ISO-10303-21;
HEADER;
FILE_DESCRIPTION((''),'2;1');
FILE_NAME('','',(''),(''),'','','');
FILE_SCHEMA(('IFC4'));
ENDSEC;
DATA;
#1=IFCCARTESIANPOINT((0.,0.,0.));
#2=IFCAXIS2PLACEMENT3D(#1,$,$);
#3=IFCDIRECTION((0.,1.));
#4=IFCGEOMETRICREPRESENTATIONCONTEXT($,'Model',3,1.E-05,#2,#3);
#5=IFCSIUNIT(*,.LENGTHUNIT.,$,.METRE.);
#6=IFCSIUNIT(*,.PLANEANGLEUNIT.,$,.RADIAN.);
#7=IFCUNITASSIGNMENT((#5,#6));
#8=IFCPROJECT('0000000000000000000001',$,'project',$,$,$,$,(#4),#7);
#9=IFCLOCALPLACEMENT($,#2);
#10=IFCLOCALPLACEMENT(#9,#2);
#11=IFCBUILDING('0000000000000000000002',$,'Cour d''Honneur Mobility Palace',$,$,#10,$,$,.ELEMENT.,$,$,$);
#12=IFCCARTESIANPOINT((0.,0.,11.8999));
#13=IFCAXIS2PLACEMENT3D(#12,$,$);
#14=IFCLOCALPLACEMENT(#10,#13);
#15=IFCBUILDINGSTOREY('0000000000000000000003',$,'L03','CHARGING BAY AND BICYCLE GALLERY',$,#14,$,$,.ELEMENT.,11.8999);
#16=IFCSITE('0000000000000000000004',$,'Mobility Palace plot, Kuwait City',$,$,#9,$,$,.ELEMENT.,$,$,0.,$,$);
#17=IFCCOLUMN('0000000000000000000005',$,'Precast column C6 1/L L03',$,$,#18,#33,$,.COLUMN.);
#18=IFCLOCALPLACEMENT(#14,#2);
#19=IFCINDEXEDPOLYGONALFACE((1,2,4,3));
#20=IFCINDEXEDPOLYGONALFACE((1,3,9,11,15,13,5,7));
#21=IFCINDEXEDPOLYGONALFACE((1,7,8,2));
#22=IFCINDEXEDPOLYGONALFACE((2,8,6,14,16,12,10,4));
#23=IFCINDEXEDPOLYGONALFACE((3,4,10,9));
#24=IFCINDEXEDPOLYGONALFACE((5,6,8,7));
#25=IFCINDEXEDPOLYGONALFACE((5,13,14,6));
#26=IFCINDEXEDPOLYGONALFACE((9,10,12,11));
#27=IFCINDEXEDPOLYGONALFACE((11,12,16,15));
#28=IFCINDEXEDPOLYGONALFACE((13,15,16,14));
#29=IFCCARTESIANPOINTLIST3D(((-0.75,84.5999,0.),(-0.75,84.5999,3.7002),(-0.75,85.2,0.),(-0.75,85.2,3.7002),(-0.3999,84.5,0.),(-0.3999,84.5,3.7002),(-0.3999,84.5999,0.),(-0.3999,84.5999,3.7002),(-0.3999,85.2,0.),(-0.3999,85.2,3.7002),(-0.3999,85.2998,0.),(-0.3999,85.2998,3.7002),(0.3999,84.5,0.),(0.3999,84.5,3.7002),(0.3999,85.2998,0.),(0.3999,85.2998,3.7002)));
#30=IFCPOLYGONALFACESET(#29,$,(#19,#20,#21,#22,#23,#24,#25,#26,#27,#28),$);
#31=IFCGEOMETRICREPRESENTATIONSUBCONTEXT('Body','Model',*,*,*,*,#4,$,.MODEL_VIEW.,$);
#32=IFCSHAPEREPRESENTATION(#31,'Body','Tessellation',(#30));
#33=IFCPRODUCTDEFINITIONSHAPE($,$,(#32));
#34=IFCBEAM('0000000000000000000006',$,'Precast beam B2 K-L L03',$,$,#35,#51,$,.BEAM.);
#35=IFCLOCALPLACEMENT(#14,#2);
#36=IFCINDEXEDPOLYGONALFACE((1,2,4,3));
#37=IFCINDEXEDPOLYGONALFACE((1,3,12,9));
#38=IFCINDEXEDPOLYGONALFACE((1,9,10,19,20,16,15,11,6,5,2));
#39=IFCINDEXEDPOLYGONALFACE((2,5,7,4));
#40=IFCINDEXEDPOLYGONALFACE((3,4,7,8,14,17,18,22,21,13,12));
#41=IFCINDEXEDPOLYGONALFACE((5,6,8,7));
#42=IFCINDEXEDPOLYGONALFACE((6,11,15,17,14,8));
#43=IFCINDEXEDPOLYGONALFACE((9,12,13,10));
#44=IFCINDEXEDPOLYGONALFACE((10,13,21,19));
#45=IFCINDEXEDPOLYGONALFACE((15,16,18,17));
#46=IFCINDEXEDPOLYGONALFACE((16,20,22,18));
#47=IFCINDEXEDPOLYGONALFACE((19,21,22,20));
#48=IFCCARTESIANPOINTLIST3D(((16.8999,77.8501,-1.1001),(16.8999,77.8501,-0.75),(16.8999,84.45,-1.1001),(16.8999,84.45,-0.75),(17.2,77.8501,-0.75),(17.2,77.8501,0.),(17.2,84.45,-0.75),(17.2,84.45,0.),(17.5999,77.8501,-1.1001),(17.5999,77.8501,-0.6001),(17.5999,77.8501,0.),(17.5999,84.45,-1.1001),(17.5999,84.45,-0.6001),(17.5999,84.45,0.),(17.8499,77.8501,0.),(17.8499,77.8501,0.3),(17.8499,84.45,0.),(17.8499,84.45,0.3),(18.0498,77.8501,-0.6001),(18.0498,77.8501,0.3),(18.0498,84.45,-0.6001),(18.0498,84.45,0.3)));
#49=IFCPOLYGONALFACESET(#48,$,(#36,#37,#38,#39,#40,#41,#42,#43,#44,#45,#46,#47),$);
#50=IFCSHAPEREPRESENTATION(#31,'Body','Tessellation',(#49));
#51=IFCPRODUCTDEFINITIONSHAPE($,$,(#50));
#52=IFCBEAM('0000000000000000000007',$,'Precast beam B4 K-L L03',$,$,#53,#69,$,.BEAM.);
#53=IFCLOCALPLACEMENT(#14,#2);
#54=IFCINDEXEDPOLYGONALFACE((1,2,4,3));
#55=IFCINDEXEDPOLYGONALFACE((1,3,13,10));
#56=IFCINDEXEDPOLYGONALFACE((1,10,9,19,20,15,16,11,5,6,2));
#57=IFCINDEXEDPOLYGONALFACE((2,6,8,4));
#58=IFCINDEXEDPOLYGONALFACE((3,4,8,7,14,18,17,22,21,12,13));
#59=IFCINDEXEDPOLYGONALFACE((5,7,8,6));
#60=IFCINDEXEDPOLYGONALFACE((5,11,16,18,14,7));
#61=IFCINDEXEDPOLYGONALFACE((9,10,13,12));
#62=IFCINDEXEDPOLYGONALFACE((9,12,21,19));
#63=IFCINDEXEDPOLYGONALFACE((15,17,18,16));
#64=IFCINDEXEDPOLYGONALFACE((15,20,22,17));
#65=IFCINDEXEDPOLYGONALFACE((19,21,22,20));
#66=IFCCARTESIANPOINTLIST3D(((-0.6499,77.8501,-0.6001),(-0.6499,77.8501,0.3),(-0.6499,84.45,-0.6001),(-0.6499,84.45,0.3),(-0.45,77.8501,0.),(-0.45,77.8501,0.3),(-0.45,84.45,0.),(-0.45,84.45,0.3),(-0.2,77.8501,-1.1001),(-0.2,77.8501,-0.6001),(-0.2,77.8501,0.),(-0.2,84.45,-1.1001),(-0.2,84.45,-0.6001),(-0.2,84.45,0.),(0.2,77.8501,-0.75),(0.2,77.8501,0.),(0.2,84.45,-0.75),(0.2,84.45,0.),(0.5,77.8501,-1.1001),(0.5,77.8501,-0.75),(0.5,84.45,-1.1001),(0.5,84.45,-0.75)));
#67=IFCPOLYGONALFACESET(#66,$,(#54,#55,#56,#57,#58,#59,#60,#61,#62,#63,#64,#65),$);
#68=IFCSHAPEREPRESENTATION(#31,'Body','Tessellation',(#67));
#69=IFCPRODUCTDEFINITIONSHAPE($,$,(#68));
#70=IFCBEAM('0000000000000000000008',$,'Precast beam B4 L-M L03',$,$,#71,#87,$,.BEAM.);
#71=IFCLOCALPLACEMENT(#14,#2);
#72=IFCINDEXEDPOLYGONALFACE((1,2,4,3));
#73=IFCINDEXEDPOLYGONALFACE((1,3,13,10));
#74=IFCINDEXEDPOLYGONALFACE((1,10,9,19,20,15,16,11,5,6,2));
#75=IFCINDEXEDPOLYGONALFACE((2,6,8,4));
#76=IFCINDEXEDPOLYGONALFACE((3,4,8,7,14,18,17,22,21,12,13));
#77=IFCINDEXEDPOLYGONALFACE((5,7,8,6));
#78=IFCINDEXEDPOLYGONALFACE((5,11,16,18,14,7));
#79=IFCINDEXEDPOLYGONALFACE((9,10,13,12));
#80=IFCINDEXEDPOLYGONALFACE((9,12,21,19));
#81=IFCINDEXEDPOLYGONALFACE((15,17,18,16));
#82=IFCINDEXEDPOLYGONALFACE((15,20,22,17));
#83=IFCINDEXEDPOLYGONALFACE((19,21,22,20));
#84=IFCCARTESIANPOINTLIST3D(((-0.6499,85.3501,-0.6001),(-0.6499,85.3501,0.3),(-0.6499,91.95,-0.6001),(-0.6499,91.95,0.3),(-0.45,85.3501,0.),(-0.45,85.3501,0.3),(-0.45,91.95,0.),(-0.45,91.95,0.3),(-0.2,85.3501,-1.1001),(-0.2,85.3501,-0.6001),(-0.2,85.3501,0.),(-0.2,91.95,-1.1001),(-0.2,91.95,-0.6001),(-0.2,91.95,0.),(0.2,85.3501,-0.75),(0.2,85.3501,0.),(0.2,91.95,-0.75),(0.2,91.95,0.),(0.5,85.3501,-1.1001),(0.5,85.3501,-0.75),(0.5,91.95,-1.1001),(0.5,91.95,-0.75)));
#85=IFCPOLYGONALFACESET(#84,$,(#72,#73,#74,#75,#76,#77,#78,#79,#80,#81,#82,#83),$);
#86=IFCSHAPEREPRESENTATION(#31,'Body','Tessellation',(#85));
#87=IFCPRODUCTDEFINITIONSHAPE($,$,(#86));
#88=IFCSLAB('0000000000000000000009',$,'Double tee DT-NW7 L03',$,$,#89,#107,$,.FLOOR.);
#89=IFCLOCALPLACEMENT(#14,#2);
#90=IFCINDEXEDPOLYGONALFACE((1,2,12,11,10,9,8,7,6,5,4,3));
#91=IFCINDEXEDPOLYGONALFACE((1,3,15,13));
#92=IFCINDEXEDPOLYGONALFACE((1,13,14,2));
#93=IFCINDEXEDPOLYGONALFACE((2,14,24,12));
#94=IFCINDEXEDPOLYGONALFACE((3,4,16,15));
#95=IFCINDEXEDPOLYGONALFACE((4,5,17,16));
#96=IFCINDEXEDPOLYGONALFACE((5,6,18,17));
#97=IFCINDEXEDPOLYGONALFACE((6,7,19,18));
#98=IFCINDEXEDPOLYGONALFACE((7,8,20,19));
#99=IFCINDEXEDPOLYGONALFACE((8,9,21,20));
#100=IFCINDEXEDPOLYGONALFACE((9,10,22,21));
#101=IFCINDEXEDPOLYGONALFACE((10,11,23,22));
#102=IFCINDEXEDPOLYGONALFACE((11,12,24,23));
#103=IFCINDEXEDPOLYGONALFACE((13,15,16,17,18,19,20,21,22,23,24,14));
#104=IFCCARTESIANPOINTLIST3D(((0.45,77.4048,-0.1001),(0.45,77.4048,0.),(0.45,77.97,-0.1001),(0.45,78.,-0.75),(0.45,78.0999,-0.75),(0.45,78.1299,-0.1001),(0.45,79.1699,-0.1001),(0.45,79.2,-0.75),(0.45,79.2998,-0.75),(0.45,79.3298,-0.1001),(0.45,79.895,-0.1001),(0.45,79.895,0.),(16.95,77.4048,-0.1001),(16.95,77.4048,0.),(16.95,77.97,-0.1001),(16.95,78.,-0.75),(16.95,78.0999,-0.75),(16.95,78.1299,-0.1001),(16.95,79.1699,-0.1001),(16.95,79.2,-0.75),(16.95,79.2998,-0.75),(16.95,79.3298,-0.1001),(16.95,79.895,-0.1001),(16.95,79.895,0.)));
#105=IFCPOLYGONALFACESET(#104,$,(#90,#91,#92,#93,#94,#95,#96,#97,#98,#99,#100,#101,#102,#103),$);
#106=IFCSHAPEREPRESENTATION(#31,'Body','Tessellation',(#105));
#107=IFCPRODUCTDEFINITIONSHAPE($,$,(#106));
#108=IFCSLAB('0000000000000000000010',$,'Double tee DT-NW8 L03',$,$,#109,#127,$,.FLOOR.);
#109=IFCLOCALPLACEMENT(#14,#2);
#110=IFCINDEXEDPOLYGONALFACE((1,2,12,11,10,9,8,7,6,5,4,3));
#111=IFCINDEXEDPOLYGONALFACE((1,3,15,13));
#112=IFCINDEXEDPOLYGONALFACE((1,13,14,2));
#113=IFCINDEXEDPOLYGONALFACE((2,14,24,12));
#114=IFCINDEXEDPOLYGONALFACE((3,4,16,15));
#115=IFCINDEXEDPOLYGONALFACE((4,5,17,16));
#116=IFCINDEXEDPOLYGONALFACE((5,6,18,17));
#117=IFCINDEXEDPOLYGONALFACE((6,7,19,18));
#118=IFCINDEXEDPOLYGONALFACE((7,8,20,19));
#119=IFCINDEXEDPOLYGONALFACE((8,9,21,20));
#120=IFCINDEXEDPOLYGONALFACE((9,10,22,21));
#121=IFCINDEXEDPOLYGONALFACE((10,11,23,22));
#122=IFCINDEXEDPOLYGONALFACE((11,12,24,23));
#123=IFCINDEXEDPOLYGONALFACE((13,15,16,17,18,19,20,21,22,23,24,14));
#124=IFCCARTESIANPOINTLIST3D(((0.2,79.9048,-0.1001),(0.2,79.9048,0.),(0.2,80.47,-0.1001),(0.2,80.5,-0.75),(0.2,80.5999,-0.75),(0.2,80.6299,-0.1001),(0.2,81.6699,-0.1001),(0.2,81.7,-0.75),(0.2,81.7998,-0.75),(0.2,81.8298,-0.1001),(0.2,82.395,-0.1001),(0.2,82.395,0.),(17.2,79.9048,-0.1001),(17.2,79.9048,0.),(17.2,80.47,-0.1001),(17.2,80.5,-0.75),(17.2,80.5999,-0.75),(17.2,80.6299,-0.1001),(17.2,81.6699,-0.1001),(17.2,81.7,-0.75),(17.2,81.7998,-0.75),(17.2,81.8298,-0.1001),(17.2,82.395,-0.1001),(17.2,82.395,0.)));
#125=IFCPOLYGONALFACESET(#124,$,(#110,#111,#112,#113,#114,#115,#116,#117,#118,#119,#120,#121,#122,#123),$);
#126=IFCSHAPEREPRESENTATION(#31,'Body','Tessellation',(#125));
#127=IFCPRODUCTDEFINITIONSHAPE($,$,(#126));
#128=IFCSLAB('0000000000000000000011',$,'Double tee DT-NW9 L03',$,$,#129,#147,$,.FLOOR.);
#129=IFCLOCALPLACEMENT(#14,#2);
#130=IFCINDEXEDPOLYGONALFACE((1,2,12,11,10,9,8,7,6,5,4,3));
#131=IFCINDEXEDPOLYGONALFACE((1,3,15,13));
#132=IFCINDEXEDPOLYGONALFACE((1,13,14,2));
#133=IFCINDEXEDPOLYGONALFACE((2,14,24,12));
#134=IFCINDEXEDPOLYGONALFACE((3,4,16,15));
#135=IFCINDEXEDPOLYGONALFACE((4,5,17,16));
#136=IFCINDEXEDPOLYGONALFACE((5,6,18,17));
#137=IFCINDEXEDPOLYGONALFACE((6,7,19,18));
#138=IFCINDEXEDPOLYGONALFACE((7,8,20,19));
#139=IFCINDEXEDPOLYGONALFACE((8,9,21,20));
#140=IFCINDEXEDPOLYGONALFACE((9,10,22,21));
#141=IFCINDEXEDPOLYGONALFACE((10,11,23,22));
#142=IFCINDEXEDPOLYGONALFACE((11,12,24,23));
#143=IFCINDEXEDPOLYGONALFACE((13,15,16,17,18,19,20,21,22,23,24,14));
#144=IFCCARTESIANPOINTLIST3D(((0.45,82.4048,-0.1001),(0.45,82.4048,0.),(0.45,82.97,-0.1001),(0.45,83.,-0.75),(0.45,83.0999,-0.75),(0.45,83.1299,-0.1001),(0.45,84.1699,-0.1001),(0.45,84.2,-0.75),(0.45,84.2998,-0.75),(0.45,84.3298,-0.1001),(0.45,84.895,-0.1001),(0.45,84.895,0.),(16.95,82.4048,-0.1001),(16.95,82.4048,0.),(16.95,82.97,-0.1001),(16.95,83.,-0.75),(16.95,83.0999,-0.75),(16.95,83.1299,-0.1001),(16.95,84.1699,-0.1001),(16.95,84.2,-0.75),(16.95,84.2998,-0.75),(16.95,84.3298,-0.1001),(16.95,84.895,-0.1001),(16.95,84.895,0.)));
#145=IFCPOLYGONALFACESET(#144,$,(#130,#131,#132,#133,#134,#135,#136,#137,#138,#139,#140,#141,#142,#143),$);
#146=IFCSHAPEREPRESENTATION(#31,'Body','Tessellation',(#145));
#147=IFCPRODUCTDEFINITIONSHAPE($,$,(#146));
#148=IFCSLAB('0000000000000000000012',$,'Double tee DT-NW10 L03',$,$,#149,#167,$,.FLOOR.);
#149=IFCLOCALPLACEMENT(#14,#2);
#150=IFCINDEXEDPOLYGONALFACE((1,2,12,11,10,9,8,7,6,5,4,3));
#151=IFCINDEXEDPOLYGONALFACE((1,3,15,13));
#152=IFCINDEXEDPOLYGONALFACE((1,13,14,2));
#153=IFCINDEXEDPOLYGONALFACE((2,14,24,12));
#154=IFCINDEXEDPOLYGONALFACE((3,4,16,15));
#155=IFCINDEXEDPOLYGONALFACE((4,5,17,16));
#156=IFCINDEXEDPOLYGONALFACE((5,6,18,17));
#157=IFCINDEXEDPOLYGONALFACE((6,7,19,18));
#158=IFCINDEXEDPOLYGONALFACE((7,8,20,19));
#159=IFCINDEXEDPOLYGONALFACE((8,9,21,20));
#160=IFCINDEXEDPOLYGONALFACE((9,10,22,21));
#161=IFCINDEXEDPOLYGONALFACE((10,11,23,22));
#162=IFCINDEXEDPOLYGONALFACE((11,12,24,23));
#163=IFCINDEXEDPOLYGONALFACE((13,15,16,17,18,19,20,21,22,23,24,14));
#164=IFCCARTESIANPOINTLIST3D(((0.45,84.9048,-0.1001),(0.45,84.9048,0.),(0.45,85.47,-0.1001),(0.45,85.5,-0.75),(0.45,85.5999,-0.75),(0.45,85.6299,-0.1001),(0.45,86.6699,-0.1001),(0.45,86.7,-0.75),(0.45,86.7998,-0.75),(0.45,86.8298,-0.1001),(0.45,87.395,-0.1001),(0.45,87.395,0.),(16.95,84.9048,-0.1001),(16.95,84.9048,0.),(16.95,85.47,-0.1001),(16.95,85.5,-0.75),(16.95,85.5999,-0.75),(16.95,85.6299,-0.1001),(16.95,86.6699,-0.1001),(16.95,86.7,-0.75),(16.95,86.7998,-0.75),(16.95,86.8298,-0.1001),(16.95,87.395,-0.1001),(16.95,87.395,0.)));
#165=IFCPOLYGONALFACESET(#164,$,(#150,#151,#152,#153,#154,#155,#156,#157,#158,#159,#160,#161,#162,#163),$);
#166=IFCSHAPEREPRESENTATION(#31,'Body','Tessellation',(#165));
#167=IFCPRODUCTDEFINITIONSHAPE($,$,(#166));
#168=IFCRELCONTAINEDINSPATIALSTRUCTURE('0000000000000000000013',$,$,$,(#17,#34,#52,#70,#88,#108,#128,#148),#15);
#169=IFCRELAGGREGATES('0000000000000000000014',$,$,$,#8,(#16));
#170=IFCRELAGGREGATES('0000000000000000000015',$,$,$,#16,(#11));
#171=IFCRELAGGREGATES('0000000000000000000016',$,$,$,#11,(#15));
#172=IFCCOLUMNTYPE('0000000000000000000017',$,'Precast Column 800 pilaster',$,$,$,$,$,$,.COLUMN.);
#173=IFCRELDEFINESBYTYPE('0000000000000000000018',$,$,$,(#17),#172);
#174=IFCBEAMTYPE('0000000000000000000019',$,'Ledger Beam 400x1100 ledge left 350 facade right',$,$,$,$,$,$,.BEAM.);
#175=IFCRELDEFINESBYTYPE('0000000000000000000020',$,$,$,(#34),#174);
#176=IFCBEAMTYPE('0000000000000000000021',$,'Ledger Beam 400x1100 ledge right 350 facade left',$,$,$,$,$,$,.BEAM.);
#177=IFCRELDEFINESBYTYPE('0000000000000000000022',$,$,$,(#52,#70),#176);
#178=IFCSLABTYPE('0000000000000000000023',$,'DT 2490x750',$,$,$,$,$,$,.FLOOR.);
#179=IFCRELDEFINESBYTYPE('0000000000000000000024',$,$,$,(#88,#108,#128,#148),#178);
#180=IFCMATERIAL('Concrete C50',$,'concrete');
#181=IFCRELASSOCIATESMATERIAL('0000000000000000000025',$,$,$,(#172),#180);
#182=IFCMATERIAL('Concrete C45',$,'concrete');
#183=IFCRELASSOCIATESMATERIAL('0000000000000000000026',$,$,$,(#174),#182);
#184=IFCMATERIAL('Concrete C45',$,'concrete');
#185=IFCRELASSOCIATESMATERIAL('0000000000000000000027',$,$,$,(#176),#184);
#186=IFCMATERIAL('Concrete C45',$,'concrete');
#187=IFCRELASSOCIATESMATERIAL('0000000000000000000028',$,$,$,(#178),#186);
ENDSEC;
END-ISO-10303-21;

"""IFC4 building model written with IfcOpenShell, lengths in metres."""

from ifc_helpers import new_model, si_unit, direction, frame, origin, place, context, subcontext, project, spatial, polyline, outline, extrude, material, material_profile, profile_set, type_object, element, save


model = new_model("IFC4")

# Units and contexts
model_context = context("Model", 3, precision=1e-05, world=origin(), true_north=direction((0.0, 1.0)))
body_context = subcontext(model_context, "Body", "Model", "MODEL_VIEW")
ifc_project = project(units=[si_unit("LENGTHUNIT", "METRE"), si_unit("PLANEANGLEUNIT", "RADIAN")], contexts=[model_context])

# Site, building, storey
site_placement = place(None, origin())
site = spatial("IfcSite", under=ifc_project, at=site_placement, Name="Mobility Palace plot, Kuwait City", CompositionType="ELEMENT", RefElevation=0.0)
building_placement = place(site_placement, origin())
building = spatial("IfcBuilding", under=site, at=building_placement, Name="Cour d'Honneur Mobility Palace", CompositionType="ELEMENT")
storey_placement = place(building_placement, frame((0.0, 0.0, 11.8999)))
storey = spatial("IfcBuildingStorey", under=building, at=storey_placement, Name="L03", Description="CHARGING BAY AND BICYCLE GALLERY", CompositionType="ELEMENT", Elevation=11.8999)

# Column
ifc_material_1 = material(Name="Concrete C50", Category="concrete")
ifc_material_profile_1 = material_profile(ifc_material_1, outline(polyline([(-0.3999, -0.3999), (0.3999, -0.3999), (0.3999, -0.3), (0.75, -0.3), (0.75, 0.3), (0.3999, 0.3), (0.3999, 0.3999), (-0.3999, 0.3999), (-0.3999, -0.3999)])), Name="PC C800 pilaster")
ifc_profile_set_1 = profile_set([ifc_material_profile_1], Name="Concrete C50")
column_type = type_object("IfcColumnType", Name="Precast Column 800 pilaster", PredefinedType="COLUMN", material=ifc_profile_set_1)
column_placement = place(storey_placement, frame((0.0, 84.8999, 0.0), z_axis=(0.0, 0.0, 1.0), x_axis=(-1.0, 0.0, 0.0)))
element("IfcColumn", 1, at=column_placement, inside=storey, type_object=column_type, Name="Precast column C6 1/L L03", PredefinedType="COLUMN", context=body_context, shape_type="SweptSolid", body=[
    extrude(outline(polyline([(-0.3999, -0.3999), (0.3999, -0.3999), (0.3999, -0.3), (0.75, -0.3), (0.75, 0.3), (0.3999, 0.3), (0.3999, 0.3999), (-0.3999, 0.3999), (-0.3999, -0.3999)])), origin(), (0.0, 0.0, 1.0), 3.7002),
])

# Beams
ifc_material_2 = material(Name="Concrete C45", Category="concrete")
ifc_material_profile_2 = material_profile(ifc_material_2, outline(polyline([(0.5, -1.1001), (0.5, -0.75), (0.2, -0.75), (0.2, 0.0), (-0.2, 0.0), (-0.45, 0.0), (-0.45, 0.3), (-0.6499, 0.3), (-0.6499, -0.6001), (-0.2, -0.6001), (-0.2, -1.1001), (0.5, -1.1001)])), Name="Ledger Beam 400x1100 ledge left 350 facade right")
ifc_profile_set_2 = profile_set([ifc_material_profile_2], Name="Concrete C45")
beam_type_1 = type_object("IfcBeamType", Name="Ledger Beam 400x1100 ledge left 350 facade right", PredefinedType="BEAM", material=ifc_profile_set_2)
beam_placement = place(storey_placement, frame((17.3999, 77.8501, 0.0), z_axis=(0.0, 1.0, 0.0), x_axis=(-1.0, 0.0, 0.0)))
element("IfcBeam", 2, at=beam_placement, inside=storey, type_object=beam_type_1, Name="Precast beam B2 K-L L03", PredefinedType="BEAM", context=body_context, shape_type="SweptSolid", body=[
    extrude(outline(polyline([(0.5, -1.1001), (0.5, -0.75), (0.2, -0.75), (0.2, 0.0), (-0.2, 0.0), (-0.45, 0.0), (-0.45, 0.3), (-0.6499, 0.3), (-0.6499, -0.6001), (-0.2, -0.6001), (-0.2, -1.1001), (0.5, -1.1001)])), origin(), (0.0, 0.0, 1.0), 6.5999),
])
ifc_material_3 = material(Name="Concrete C45", Category="concrete")
ifc_material_profile_3 = material_profile(ifc_material_3, outline(polyline([(0.2, -1.1001), (0.2, -0.6001), (0.6499, -0.6001), (0.6499, 0.3), (0.45, 0.3), (0.45, 0.0), (0.2, 0.0), (-0.2, 0.0), (-0.2, -0.75), (-0.5, -0.75), (-0.5, -1.1001), (0.2, -1.1001)])), Name="Ledger Beam 400x1100 ledge right 350 facade left")
ifc_profile_set_3 = profile_set([ifc_material_profile_3], Name="Concrete C45")
beam_type_2 = type_object("IfcBeamType", Name="Ledger Beam 400x1100 ledge right 350 facade left", PredefinedType="BEAM", material=ifc_profile_set_3)
for number, where, z_axis, x_axis, name in (
    (3, (0.0, 77.8501, 0.0), (0.0, 1.0, 0.0), (-1.0, 0.0, 0.0), "Precast beam B4 K-L L03"),
    (4, (0.0, 85.3501, 0.0), (0.0, 1.0, 0.0), (-1.0, 0.0, 0.0), "Precast beam B4 L-M L03"),
):
    element("IfcBeam", number, at=place(storey_placement, frame(where, z_axis=z_axis, x_axis=x_axis)), inside=storey, type_object=beam_type_2, Name=name, PredefinedType="BEAM", context=body_context, shape_type="SweptSolid", body=[
        extrude(outline(polyline([(0.2, -1.1001), (0.2, -0.6001), (0.6499, -0.6001), (0.6499, 0.3), (0.45, 0.3), (0.45, 0.0), (0.2, 0.0), (-0.2, 0.0), (-0.2, -0.75), (-0.5, -0.75), (-0.5, -1.1001), (0.2, -1.1001)])), origin(), (0.0, 0.0, 1.0), 6.5999),
    ])

# Slabs
ifc_material_4 = material(Name="Concrete C45", Category="concrete")
ifc_material_profile_4 = material_profile(ifc_material_4, outline(polyline([(-1.2451, 0.0), (1.2451, 0.0), (1.2451, -0.1001), (0.6799, -0.1001), (0.6499, -0.75), (0.55, -0.75), (0.52, -0.1001), (-0.52, -0.1001), (-0.55, -0.75), (-0.6499, -0.75), (-0.6799, -0.1001), (-1.2451, -0.1001), (-1.2451, 0.0)])), Name="DT 2490x750")
ifc_profile_set_4 = profile_set([ifc_material_profile_4], Name="Concrete C45")
slab_type = type_object("IfcSlabType", Name="DT 2490x750", PredefinedType="FLOOR", material=ifc_profile_set_4)
slab_1_placement = place(storey_placement, frame((0.45, 78.6499, 0.0), z_axis=(1.0, 0.0, 0.0), x_axis=(0.0, 1.0, 0.0)))
element("IfcSlab", 5, at=slab_1_placement, inside=storey, type_object=slab_type, Name="Double tee DT-NW7 L03", PredefinedType="FLOOR", context=body_context, shape_type="SweptSolid", body=[
    extrude(outline(polyline([(-1.2451, 0.0), (1.2451, 0.0), (1.2451, -0.1001), (0.6799, -0.1001), (0.6499, -0.75), (0.55, -0.75), (0.52, -0.1001), (-0.52, -0.1001), (-0.55, -0.75), (-0.6499, -0.75), (-0.6799, -0.1001), (-1.2451, -0.1001), (-1.2451, 0.0)])), origin(), (0.0, 0.0, 1.0), 16.5),
])
slab_2_placement = place(storey_placement, frame((0.2, 81.1499, 0.0), z_axis=(1.0, 0.0, 0.0), x_axis=(0.0, 1.0, 0.0)))
element("IfcSlab", 6, at=slab_2_placement, inside=storey, type_object=slab_type, Name="Double tee DT-NW8 L03", PredefinedType="FLOOR", context=body_context, shape_type="SweptSolid", body=[
    extrude(outline(polyline([(-1.2451, 0.0), (1.2451, 0.0), (1.2451, -0.1001), (0.6799, -0.1001), (0.6499, -0.75), (0.55, -0.75), (0.52, -0.1001), (-0.52, -0.1001), (-0.55, -0.75), (-0.6499, -0.75), (-0.6799, -0.1001), (-1.2451, -0.1001), (-1.2451, 0.0)])), origin(), (0.0, 0.0, 1.0), 17.0),
])
for number, where, z_axis, x_axis, name in (
    (7, (0.45, 83.6499, 0.0), (1.0, 0.0, 0.0), (0.0, 1.0, 0.0), "Double tee DT-NW9 L03"),
    (8, (0.45, 86.1499, 0.0), (1.0, 0.0, 0.0), (0.0, 1.0, 0.0), "Double tee DT-NW10 L03"),
):
    element("IfcSlab", number, at=place(storey_placement, frame(where, z_axis=z_axis, x_axis=x_axis)), inside=storey, type_object=slab_type, Name=name, PredefinedType="FLOOR", context=body_context, shape_type="SweptSolid", body=[
        extrude(outline(polyline([(-1.2451, 0.0), (1.2451, 0.0), (1.2451, -0.1001), (0.6799, -0.1001), (0.6499, -0.75), (0.55, -0.75), (0.52, -0.1001), (-0.52, -0.1001), (-0.55, -0.75), (-0.6499, -0.75), (-0.6799, -0.1001), (-1.2451, -0.1001), (-1.2451, 0.0)])), origin(), (0.0, 0.0, 1.0), 16.5),
    ])

save(model, "model.ifc")
